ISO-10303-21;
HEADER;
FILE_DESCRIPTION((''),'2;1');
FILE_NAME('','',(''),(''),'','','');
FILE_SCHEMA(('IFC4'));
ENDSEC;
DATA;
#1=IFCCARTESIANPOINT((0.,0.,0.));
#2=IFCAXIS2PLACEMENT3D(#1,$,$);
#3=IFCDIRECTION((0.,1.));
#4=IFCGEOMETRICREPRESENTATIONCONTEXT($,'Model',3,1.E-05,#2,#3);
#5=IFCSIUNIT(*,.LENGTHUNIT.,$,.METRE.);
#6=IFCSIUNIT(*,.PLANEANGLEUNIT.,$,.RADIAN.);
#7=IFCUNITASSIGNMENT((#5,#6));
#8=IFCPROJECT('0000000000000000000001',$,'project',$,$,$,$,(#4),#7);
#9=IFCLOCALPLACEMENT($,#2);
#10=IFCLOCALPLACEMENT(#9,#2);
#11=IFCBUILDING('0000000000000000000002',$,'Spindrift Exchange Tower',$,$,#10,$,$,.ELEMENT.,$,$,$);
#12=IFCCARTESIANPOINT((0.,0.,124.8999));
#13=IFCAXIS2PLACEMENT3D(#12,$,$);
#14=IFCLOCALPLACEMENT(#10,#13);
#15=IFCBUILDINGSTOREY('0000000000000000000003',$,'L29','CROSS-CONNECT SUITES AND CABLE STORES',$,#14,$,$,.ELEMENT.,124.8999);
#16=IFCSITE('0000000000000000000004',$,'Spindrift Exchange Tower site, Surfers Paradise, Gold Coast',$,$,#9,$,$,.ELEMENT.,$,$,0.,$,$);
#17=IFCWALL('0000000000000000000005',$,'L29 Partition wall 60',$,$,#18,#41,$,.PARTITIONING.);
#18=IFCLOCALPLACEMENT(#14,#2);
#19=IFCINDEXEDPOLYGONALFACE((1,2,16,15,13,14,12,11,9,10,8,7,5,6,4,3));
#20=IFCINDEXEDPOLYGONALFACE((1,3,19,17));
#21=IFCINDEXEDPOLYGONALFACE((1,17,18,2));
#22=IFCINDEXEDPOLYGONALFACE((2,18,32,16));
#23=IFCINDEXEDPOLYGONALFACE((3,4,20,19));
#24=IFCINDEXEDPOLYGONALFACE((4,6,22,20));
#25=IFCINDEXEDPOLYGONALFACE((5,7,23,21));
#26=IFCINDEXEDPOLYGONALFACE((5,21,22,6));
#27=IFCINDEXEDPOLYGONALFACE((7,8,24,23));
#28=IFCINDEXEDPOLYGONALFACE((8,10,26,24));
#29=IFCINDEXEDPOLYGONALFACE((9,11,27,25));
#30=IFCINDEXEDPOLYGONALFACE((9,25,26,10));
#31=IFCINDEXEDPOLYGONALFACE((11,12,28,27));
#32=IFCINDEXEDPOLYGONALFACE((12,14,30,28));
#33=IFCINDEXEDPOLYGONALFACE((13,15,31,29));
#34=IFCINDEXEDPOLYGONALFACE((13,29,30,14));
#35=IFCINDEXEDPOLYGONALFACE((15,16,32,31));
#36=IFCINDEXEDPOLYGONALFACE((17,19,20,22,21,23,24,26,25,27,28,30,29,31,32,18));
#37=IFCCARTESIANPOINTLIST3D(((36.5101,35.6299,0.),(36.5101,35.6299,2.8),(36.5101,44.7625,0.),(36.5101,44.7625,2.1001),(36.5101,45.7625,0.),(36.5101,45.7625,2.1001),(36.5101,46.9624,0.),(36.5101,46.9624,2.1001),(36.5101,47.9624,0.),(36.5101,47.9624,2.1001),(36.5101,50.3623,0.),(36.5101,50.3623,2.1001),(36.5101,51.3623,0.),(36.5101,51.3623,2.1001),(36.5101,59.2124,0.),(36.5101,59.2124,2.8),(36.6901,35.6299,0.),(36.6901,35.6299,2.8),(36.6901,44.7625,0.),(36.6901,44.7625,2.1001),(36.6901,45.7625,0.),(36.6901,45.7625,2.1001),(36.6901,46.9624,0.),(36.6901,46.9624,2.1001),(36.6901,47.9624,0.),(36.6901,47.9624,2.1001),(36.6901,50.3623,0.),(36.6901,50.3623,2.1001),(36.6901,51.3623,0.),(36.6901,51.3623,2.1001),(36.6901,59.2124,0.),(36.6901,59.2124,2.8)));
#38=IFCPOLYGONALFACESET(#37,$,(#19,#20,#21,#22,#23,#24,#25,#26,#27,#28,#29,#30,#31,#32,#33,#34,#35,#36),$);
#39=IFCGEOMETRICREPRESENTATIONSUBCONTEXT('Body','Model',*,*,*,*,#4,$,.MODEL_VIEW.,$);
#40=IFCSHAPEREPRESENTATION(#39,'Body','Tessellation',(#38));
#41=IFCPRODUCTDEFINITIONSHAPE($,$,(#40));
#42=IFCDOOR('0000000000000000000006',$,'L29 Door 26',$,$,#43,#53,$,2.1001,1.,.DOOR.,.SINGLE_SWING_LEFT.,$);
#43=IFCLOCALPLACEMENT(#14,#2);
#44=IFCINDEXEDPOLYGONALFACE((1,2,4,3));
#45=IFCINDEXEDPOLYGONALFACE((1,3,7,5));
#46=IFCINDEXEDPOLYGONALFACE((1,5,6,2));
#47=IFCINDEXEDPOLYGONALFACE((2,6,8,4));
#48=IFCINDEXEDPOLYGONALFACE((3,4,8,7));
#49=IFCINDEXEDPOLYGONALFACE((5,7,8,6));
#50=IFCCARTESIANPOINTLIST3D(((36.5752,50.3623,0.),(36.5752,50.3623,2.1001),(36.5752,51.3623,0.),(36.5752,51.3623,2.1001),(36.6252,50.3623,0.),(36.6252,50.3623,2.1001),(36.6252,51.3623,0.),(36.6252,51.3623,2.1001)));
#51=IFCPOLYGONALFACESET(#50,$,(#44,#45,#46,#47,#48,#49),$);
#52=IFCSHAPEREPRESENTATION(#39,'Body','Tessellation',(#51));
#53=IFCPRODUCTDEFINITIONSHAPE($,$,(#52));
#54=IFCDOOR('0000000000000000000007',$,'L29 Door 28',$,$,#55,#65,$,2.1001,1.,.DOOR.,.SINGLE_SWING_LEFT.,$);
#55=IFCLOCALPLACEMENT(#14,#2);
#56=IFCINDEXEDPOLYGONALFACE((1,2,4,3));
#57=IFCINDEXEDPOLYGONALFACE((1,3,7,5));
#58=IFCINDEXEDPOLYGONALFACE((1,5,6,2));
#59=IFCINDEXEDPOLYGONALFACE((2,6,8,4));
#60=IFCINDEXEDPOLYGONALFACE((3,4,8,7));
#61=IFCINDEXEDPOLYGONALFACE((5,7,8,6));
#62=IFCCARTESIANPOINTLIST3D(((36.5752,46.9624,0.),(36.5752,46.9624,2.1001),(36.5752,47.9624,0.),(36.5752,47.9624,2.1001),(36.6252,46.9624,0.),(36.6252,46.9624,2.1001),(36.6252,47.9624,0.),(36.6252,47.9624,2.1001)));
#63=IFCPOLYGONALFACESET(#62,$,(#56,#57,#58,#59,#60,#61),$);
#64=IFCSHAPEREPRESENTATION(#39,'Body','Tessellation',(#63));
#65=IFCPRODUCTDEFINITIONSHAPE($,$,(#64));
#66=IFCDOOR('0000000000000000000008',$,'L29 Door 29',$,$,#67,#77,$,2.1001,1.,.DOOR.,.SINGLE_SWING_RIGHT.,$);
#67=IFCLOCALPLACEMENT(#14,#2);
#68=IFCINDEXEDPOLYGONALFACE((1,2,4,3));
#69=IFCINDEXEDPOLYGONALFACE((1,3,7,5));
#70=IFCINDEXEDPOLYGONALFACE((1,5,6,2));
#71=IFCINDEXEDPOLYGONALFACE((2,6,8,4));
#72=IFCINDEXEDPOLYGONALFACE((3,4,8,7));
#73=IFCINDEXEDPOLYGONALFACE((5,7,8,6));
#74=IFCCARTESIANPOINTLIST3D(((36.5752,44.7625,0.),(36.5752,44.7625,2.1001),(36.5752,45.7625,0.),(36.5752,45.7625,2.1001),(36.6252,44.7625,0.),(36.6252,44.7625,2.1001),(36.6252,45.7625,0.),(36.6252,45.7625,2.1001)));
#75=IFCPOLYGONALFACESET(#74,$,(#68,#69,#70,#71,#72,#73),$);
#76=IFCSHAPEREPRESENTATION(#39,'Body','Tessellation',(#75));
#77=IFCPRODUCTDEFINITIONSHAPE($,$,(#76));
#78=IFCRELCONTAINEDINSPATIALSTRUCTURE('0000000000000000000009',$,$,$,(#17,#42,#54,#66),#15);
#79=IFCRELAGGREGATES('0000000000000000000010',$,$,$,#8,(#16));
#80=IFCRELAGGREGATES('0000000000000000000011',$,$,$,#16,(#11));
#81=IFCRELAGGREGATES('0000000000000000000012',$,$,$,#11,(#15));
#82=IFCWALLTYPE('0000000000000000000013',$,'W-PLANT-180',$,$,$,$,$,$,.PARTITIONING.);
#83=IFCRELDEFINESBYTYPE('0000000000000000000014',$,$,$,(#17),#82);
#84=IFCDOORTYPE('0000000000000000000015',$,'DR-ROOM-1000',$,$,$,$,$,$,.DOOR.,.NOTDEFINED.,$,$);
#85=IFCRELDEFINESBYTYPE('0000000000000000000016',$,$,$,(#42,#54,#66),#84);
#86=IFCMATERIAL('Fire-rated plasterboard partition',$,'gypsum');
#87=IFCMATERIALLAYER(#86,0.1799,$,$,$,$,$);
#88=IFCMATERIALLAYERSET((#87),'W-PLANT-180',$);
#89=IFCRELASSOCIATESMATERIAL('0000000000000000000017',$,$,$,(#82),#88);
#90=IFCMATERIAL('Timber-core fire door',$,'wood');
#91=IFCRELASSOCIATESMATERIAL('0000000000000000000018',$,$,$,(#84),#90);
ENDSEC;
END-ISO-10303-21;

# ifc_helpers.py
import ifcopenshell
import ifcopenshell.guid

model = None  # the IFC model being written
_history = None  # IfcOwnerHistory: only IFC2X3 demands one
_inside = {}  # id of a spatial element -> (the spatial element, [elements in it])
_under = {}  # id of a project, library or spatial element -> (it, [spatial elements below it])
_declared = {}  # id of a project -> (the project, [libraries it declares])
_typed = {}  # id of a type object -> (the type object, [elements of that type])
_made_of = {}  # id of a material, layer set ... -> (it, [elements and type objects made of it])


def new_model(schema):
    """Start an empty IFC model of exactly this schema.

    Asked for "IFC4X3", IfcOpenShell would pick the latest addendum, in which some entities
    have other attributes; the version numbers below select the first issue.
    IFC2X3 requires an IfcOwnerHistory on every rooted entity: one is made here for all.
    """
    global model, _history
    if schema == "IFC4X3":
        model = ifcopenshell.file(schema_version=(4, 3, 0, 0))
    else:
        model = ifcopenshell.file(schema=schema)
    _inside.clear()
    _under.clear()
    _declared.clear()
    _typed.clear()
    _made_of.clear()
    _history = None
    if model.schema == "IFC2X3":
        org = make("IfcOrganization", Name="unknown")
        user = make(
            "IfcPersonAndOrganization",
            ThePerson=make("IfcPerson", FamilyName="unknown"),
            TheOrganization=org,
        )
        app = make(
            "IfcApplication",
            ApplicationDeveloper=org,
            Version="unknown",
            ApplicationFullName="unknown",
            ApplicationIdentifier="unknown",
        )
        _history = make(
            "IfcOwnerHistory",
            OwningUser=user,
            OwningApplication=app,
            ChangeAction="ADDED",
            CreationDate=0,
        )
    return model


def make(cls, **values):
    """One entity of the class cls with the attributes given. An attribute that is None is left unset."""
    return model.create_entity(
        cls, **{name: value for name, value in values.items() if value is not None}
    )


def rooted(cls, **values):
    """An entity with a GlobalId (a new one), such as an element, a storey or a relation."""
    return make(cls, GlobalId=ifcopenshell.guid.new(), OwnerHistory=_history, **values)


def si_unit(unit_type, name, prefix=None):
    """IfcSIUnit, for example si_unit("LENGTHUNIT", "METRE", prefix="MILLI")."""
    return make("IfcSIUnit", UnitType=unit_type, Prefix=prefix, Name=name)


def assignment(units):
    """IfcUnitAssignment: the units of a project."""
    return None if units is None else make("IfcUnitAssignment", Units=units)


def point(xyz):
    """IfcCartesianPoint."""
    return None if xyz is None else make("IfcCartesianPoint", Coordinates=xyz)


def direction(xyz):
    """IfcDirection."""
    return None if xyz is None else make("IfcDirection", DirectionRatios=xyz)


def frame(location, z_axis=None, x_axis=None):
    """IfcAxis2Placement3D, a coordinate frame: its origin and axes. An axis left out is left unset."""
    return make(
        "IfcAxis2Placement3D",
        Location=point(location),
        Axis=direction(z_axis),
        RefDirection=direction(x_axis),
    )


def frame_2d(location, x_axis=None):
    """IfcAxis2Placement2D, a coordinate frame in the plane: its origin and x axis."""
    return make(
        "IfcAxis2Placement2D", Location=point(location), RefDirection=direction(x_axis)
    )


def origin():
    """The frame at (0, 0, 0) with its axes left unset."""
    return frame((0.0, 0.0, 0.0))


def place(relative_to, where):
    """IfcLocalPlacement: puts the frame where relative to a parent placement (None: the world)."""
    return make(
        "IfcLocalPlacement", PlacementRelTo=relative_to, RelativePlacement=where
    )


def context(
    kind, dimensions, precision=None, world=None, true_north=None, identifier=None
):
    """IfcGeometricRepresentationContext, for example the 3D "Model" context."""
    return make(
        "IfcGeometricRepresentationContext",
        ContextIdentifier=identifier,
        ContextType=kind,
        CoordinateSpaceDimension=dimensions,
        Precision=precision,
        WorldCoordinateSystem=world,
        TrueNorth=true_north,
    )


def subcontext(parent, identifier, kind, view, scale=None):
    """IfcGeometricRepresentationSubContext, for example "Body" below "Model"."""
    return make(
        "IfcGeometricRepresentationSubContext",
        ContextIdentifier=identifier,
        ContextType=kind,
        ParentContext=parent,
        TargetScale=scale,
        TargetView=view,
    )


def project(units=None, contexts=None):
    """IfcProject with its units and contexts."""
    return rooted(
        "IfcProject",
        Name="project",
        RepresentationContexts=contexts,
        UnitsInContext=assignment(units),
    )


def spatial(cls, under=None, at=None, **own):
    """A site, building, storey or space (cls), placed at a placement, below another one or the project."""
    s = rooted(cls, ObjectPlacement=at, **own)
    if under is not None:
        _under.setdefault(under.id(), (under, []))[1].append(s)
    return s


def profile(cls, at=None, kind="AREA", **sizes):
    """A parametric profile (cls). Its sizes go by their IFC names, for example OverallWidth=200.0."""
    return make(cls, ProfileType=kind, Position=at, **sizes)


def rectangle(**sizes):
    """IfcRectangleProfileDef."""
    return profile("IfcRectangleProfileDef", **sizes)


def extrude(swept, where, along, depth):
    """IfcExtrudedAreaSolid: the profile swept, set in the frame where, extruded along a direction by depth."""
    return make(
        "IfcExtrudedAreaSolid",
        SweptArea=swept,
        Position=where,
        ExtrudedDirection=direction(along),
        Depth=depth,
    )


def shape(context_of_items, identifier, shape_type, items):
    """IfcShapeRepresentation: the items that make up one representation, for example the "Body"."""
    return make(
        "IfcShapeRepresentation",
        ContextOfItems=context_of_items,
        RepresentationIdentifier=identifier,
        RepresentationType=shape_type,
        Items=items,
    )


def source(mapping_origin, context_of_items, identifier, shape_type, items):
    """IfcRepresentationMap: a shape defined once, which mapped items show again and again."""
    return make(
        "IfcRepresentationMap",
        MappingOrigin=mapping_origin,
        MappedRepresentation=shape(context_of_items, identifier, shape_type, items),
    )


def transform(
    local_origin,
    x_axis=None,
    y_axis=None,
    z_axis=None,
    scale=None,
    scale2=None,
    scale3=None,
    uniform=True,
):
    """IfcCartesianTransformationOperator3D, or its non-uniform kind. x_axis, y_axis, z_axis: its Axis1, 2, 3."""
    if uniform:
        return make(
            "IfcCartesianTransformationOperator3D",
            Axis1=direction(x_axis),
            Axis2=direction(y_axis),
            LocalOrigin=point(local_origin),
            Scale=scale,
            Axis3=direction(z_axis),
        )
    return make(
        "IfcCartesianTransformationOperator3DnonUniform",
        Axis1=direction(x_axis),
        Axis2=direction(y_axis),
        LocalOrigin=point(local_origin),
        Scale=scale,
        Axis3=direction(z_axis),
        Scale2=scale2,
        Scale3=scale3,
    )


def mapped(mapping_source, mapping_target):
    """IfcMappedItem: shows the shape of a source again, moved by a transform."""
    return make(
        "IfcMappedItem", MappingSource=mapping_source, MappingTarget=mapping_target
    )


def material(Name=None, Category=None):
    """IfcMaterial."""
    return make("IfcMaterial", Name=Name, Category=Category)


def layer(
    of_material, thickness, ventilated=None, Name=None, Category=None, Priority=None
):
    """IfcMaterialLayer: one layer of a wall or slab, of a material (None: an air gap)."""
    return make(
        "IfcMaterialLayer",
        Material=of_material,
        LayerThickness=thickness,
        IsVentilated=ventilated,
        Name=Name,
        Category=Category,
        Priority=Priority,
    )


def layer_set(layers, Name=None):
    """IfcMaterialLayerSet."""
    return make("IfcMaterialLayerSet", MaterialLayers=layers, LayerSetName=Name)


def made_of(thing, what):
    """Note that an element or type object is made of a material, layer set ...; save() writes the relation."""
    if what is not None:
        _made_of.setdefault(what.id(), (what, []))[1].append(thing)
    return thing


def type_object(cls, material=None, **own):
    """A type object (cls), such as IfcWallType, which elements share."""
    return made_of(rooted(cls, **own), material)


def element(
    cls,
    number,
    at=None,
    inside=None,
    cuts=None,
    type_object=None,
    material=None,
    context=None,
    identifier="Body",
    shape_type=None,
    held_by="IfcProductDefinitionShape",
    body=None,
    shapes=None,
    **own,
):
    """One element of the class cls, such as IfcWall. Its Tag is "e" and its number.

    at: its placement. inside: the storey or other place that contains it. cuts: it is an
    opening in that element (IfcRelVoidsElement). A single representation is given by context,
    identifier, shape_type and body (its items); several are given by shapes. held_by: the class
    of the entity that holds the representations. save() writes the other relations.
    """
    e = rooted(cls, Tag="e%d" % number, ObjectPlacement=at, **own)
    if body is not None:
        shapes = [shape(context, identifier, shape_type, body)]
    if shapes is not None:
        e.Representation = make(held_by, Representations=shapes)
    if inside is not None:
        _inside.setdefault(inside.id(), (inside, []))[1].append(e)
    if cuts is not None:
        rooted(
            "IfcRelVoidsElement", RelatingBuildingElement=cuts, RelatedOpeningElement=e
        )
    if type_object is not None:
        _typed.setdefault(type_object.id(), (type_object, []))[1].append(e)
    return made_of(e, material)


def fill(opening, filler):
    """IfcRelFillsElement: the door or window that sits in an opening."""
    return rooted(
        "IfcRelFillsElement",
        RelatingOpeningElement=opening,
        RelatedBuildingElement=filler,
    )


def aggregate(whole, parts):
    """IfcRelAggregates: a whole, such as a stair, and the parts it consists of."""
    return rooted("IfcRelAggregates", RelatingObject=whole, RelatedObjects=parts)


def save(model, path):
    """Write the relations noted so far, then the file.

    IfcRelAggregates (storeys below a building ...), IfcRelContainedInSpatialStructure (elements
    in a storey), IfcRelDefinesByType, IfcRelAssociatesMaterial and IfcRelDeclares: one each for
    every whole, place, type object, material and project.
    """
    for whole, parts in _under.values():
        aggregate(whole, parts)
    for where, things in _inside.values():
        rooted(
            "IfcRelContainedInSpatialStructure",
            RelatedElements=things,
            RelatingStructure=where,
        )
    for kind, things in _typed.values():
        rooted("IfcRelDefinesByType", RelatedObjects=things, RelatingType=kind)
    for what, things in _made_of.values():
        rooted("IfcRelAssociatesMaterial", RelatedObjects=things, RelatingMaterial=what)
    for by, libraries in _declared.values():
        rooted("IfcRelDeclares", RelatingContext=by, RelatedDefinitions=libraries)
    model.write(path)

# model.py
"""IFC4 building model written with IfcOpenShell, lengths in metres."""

from ifc_helpers import new_model, si_unit, direction, frame, frame_2d, origin, place, context, subcontext, project, spatial, rectangle, extrude, source, transform, mapped, material, layer, layer_set, type_object, element, fill, save


model = new_model("IFC4")

# Units and contexts
model_context = context("Model", 3, precision=1e-05, world=origin(), true_north=direction((0.0, 1.0)))
body_context = subcontext(model_context, "Body", "Model", "MODEL_VIEW")
ifc_project = project(units=[si_unit("LENGTHUNIT", "METRE"), si_unit("PLANEANGLEUNIT", "RADIAN")], contexts=[model_context])

# Site, building, storey
site_placement = place(None, origin())
site = spatial("IfcSite", under=ifc_project, at=site_placement, Name="Spindrift Exchange Tower site, Surfers Paradise, Gold Coast", CompositionType="ELEMENT", RefElevation=0.0)
building_placement = place(site_placement, origin())
building = spatial("IfcBuilding", under=site, at=building_placement, Name="Spindrift Exchange Tower", CompositionType="ELEMENT")
storey_placement = place(building_placement, frame((0.0, 0.0, 124.8999)))
storey = spatial("IfcBuildingStorey", under=building, at=storey_placement, Name="L29", Description="CROSS-CONNECT SUITES AND CABLE STORES", CompositionType="ELEMENT", Elevation=124.8999)

# Shared definitions
ifc_material_1 = material(Name="Fire-rated plasterboard partition", Category="gypsum")

# Wall, openings, doors
ifc_layer_1 = layer(ifc_material_1, 0.1799)
ifc_layer_set_1 = layer_set([ifc_layer_1], Name="W-PLANT-180")
wall_type_1 = type_object("IfcWallType", Name="W-PLANT-180", PredefinedType="PARTITIONING", material=ifc_layer_set_1)
wall_1_placement = place(storey_placement, frame((36.6001, 35.6299, 0.0), z_axis=(0.0, 0.0, 1.0), x_axis=(0.0, 1.0, 0.0)))
wall_1 = element("IfcWall", 1, at=wall_1_placement, inside=storey, type_object=wall_type_1, Name="L29 Partition wall 60", PredefinedType="PARTITIONING", context=body_context, shape_type="SweptSolid", body=[
    extrude(rectangle(XDim=23.5825, YDim=0.1799, at=frame_2d((11.7913, 0.0))), origin(), (0.0, 0.0, 1.0), 2.8),
])
opening_1_placement = place(wall_1_placement, frame((14.7324, 0.0, 0.0)))
opening_1 = element("IfcOpeningElement", 2, at=opening_1_placement, cuts=wall_1, PredefinedType="OPENING", context=body_context, shape_type="SweptSolid", body=[
    extrude(rectangle(XDim=1.0, YDim=2.1001, at=frame_2d((0.5, 1.05))), frame((0.0, 0.0999, 0.0), z_axis=(0.0, -1.0, 0.0), x_axis=(1.0, 0.0, 0.0)), (0.0, 0.0, 1.0), 0.2),
])
opening_2_placement = place(wall_1_placement, frame((11.3325, 0.0, 0.0)))
opening_2 = element("IfcOpeningElement", 3, at=opening_2_placement, cuts=wall_1, PredefinedType="OPENING", context=body_context, shape_type="SweptSolid", body=[
    extrude(rectangle(XDim=1.0, YDim=2.1001, at=frame_2d((0.5, 1.05))), frame((0.0, 0.0999, 0.0), z_axis=(0.0, -1.0, 0.0), x_axis=(1.0, 0.0, 0.0)), (0.0, 0.0, 1.0), 0.2),
])
opening_3_placement = place(wall_1_placement, frame((9.1326, 0.0, 0.0)))
opening_3 = element("IfcOpeningElement", 4, at=opening_3_placement, cuts=wall_1, PredefinedType="OPENING", context=body_context, shape_type="SweptSolid", body=[
    extrude(rectangle(XDim=1.0, YDim=2.1001, at=frame_2d((0.5, 1.05))), frame((0.0, 0.0999, 0.0), z_axis=(0.0, -1.0, 0.0), x_axis=(1.0, 0.0, 0.0)), (0.0, 0.0, 1.0), 0.2),
])
ifc_material_2 = material(Name="Timber-core fire door", Category="wood")
door_type = type_object("IfcDoorType", Name="DR-ROOM-1000", OperationType="NOTDEFINED", PredefinedType="DOOR", material=ifc_material_2)
shared_shape_1 = source(origin(), body_context, "Body", "SweptSolid", [
    extrude(rectangle(XDim=1.0, YDim=2.1001, at=frame_2d((0.5, 1.05))), frame((0.0, 0.0249, 0.0), z_axis=(0.0, -1.0, 0.0), x_axis=(1.0, 0.0, 0.0)), (0.0, 0.0, 1.0), 0.05),
])
door_1_placement = place(opening_1_placement, origin())
door_1 = element("IfcDoor", 5, at=door_1_placement, inside=storey, type_object=door_type, Name="L29 Door 26", OperationType="SINGLE_SWING_LEFT", OverallHeight=2.1001, OverallWidth=1.0, PredefinedType="DOOR", context=body_context, shape_type="MappedRepresentation", body=[
    mapped(shared_shape_1, transform((0.0, 0.0, 0.0), scale=1.0)),
])
fill(opening_1, door_1)
door_2_placement = place(opening_2_placement, origin())
door_2 = element("IfcDoor", 6, at=door_2_placement, inside=storey, type_object=door_type, Name="L29 Door 28", OperationType="SINGLE_SWING_LEFT", OverallHeight=2.1001, OverallWidth=1.0, PredefinedType="DOOR", context=body_context, shape_type="MappedRepresentation", body=[
    mapped(shared_shape_1, transform((0.0, 0.0, 0.0), scale=1.0)),
])
fill(opening_2, door_2)
door_3_placement = place(opening_3_placement, origin())
door_3 = element("IfcDoor", 7, at=door_3_placement, inside=storey, type_object=door_type, Name="L29 Door 29", OperationType="SINGLE_SWING_RIGHT", OverallHeight=2.1001, OverallWidth=1.0, PredefinedType="DOOR", context=body_context, shape_type="MappedRepresentation", body=[
    mapped(shared_shape_1, transform((0.0, 0.0, 0.0), scale=1.0)),
])
fill(opening_3, door_3)

save(model, "model.ifc")
